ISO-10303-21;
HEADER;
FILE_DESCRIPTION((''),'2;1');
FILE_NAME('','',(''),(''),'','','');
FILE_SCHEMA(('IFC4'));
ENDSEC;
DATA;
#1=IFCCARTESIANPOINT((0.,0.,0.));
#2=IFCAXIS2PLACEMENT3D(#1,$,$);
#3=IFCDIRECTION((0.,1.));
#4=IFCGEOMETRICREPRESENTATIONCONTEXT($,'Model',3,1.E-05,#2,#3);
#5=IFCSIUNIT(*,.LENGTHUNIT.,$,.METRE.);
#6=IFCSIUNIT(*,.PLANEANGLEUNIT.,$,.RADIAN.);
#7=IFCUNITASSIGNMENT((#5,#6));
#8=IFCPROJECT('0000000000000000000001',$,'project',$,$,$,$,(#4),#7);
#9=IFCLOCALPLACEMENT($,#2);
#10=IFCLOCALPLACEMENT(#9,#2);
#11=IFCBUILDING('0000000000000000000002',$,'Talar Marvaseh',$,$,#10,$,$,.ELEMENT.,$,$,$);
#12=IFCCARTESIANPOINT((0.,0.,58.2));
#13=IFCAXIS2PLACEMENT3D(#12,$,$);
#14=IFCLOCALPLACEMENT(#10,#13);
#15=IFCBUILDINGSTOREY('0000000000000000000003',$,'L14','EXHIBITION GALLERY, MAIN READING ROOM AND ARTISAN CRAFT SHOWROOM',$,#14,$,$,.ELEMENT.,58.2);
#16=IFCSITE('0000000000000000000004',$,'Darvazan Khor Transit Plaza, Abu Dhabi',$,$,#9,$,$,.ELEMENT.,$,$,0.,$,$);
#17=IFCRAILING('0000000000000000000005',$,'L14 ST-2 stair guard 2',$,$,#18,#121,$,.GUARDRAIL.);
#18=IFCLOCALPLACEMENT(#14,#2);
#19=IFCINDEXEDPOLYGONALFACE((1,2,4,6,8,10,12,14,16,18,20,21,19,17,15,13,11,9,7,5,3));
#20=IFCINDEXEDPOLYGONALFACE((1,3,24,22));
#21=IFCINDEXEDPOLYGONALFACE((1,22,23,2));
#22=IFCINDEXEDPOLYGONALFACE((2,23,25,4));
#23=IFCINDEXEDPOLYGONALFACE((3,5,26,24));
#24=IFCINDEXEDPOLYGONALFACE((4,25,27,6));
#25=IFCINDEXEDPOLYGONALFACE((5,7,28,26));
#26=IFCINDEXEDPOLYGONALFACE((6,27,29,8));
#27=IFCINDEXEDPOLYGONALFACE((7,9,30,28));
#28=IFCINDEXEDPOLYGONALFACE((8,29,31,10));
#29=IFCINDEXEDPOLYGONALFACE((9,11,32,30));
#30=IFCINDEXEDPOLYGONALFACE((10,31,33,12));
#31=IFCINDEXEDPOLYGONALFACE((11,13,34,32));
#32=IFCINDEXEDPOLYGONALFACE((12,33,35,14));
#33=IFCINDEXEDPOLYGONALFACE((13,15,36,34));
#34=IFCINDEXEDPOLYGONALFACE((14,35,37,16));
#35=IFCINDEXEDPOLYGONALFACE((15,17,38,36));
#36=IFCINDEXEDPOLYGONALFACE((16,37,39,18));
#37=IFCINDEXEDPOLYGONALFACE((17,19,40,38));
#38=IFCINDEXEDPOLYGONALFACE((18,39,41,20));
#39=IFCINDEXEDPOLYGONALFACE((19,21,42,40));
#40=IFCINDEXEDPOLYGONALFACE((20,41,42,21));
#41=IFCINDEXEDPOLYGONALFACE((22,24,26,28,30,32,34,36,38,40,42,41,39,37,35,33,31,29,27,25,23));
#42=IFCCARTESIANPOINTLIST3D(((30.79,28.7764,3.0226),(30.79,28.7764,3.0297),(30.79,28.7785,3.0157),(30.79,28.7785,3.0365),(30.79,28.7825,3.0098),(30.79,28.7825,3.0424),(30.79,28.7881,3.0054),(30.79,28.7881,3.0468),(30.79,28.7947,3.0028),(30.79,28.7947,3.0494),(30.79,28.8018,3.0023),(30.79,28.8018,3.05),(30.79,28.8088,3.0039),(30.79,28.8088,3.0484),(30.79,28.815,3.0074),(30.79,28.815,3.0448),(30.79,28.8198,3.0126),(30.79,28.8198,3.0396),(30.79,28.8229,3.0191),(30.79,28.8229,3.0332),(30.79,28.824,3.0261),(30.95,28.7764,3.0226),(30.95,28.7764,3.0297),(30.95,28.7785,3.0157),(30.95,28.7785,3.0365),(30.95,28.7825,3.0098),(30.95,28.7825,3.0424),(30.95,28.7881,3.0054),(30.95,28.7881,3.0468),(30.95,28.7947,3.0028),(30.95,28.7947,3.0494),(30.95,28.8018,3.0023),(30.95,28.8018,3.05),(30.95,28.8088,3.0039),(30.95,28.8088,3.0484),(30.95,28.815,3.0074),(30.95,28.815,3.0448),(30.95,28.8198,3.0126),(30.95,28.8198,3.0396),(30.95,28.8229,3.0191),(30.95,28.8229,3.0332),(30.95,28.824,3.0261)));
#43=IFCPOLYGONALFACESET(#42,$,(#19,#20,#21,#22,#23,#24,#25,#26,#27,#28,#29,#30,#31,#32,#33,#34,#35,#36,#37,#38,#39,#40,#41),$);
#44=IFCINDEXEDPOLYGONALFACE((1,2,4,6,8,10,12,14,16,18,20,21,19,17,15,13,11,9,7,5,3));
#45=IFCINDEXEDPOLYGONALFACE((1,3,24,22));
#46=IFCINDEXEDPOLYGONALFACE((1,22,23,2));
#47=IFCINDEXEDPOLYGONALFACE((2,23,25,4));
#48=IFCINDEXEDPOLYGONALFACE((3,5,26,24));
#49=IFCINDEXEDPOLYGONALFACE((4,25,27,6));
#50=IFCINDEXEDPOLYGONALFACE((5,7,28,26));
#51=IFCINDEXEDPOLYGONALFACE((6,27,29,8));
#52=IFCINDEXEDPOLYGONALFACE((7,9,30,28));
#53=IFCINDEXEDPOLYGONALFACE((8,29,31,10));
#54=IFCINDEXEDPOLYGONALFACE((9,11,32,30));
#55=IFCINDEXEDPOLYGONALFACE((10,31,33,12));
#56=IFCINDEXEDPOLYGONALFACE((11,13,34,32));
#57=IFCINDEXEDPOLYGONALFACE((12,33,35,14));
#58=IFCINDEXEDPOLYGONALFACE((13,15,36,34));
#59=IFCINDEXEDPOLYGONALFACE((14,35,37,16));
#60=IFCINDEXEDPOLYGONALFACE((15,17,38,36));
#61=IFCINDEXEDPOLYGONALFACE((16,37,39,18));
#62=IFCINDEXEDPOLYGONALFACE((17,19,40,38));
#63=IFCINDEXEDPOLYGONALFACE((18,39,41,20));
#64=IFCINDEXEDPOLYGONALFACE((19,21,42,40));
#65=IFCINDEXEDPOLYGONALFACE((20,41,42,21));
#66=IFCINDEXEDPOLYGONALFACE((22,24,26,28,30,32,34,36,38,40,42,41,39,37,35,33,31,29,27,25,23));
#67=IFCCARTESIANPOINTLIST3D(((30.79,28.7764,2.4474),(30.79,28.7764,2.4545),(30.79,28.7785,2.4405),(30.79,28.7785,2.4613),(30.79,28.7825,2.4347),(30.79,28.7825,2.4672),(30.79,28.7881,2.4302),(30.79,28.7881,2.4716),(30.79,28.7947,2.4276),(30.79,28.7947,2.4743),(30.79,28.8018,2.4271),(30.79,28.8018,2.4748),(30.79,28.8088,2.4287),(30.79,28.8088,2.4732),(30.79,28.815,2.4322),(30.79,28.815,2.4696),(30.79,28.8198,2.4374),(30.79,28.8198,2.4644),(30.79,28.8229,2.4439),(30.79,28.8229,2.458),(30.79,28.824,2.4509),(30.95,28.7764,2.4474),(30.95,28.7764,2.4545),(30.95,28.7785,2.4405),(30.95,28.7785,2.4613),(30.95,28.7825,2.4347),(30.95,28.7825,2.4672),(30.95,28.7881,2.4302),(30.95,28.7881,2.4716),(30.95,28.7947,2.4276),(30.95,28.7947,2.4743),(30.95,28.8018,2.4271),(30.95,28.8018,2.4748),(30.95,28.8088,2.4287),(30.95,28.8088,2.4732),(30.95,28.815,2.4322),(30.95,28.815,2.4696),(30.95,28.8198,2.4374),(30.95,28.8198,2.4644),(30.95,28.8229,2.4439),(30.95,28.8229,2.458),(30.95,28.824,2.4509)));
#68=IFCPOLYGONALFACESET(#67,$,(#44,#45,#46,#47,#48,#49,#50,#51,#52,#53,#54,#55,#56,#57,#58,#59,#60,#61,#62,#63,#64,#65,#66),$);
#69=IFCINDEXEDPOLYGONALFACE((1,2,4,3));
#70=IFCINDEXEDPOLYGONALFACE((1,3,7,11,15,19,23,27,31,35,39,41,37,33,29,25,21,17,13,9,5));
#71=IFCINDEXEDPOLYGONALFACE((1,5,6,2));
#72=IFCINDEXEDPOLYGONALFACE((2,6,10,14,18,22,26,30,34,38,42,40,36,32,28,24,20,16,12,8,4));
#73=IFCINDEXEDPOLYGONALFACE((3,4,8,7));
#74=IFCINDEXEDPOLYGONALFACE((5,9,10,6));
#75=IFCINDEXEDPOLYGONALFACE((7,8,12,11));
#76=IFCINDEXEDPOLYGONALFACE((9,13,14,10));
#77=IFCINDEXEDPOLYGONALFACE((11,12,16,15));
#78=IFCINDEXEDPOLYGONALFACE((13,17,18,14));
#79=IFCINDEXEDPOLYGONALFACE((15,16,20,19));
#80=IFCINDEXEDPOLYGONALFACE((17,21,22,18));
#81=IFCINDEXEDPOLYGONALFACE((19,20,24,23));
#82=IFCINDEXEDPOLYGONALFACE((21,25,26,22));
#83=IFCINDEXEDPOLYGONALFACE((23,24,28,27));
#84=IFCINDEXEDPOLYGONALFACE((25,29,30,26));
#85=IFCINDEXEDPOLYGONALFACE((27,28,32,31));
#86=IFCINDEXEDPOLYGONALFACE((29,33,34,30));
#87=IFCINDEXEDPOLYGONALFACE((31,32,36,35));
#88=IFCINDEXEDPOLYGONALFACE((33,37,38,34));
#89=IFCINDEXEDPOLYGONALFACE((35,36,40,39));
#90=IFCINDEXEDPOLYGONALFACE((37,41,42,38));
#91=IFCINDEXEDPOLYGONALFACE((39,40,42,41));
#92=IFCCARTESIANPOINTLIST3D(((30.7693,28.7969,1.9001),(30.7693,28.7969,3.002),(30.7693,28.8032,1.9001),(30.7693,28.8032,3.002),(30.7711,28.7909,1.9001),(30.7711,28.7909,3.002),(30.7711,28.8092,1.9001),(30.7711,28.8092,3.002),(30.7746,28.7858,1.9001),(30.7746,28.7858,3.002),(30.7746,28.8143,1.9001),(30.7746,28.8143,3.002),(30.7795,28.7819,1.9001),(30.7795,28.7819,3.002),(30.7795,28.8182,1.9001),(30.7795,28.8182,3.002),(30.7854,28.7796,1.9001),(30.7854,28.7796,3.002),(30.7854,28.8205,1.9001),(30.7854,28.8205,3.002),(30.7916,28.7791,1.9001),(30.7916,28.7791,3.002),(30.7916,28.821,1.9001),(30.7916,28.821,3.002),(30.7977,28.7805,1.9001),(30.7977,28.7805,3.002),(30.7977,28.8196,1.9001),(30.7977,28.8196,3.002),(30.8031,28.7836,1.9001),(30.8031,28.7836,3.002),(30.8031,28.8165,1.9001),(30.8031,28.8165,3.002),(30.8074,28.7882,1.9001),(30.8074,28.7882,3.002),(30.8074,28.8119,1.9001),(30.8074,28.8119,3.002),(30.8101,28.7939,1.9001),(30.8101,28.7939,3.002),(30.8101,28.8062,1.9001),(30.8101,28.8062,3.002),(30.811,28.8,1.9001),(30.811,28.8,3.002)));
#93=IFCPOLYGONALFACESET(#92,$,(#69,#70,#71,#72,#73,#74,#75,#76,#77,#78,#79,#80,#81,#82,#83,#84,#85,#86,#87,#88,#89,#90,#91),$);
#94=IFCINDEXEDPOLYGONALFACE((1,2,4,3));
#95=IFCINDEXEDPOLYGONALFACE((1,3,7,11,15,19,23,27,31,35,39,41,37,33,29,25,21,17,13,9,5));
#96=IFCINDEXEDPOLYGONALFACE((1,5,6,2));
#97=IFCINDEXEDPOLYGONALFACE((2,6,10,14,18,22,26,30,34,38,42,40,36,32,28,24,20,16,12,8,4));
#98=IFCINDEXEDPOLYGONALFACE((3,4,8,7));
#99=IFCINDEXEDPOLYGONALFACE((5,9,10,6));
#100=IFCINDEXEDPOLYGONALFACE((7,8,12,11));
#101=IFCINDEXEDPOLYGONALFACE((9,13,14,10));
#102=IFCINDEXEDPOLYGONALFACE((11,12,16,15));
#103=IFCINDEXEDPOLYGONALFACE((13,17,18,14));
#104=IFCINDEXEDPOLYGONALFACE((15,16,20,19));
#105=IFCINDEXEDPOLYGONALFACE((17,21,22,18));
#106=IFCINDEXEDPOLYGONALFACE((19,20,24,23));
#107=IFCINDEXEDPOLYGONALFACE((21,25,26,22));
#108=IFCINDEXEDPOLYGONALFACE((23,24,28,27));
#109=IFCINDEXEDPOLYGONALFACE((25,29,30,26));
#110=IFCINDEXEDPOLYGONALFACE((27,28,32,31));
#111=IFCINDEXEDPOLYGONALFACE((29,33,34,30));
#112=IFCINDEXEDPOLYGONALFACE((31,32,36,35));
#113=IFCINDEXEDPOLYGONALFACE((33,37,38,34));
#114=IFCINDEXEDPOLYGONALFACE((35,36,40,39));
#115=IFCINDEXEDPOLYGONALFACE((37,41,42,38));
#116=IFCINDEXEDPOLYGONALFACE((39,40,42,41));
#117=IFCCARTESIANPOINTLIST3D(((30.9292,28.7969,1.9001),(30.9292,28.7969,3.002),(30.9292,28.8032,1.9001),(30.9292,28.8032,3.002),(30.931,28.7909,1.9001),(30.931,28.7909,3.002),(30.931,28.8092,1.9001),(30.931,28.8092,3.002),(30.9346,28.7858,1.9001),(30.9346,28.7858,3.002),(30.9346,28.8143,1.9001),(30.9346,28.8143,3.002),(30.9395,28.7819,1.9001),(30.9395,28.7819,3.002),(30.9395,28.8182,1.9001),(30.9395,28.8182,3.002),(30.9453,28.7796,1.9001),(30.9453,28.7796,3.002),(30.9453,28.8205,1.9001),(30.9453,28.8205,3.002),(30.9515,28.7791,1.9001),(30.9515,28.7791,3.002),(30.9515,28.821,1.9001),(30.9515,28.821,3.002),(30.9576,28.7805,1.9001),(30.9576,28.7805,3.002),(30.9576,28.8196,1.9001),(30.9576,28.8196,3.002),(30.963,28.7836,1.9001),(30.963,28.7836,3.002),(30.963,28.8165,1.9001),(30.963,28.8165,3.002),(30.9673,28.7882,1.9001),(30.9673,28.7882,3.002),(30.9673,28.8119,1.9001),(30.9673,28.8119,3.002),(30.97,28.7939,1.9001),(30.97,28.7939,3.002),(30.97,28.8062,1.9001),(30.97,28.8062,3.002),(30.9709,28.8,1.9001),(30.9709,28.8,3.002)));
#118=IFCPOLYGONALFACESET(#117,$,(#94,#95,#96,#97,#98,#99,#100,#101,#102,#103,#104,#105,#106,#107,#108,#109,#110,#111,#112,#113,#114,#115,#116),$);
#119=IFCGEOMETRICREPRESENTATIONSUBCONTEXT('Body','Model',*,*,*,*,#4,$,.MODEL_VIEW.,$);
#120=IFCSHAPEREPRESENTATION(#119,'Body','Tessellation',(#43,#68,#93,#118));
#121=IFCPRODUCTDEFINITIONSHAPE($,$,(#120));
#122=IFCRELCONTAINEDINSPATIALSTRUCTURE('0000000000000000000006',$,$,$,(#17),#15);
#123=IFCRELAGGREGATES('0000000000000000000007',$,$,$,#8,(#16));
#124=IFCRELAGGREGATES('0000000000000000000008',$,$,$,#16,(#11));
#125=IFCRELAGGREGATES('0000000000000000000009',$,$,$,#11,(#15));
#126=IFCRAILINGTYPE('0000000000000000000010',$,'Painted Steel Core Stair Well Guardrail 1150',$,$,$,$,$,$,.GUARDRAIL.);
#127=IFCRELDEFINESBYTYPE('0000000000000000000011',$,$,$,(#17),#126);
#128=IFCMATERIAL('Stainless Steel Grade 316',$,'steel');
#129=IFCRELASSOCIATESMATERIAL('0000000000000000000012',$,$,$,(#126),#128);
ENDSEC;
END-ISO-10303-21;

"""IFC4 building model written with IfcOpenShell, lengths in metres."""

from ifc_helpers import new_model, si_unit, direction, frame, origin, origin_2d, place, context, subcontext, project, spatial, circle, extrude, material, type_object, element, save


model = new_model("IFC4")

# Units and contexts
model_context = context("Model", 3, precision=1e-05, world=origin(), true_north=direction((0.0, 1.0)))
body_context = subcontext(model_context, "Body", "Model", "MODEL_VIEW")
ifc_project = project(units=[si_unit("LENGTHUNIT", "METRE"), si_unit("PLANEANGLEUNIT", "RADIAN")], contexts=[model_context])

# Site, building, storey
site_placement = place(None, origin())
site = spatial("IfcSite", under=ifc_project, at=site_placement, Name="Darvazan Khor Transit Plaza, Abu Dhabi", CompositionType="ELEMENT", RefElevation=0.0)
building_placement = place(site_placement, origin())
building = spatial("IfcBuilding", under=site, at=building_placement, Name="Talar Marvaseh", CompositionType="ELEMENT")
storey_placement = place(building_placement, frame((0.0, 0.0, 58.2)))
storey = spatial("IfcBuildingStorey", under=building, at=storey_placement, Name="L14", Description="EXHIBITION GALLERY, MAIN READING ROOM AND ARTISAN CRAFT SHOWROOM", CompositionType="ELEMENT", Elevation=58.2)

# Railing
ifc_material_1 = material(Name="Stainless Steel Grade 316", Category="steel")
railing_type_1 = type_object("IfcRailingType", Name="Painted Steel Core Stair Well Guardrail 1150", PredefinedType="GUARDRAIL", material=ifc_material_1)
railing_1_placement = place(storey_placement, frame((30.79, 28.8, 1.9001)))
element("IfcRailing", 1, at=railing_1_placement, inside=storey, type_object=railing_type_1, Name="L14 ST-2 stair guard 2", PredefinedType="GUARDRAIL", context=body_context, shape_type="SweptSolid", body=[
    extrude(circle(Radius=0.0239, at=origin_2d()), frame((0.0, 0.0, 1.126), z_axis=(1.0, 0.0, 0.0), x_axis=(0.0, 1.0, 0.0)), (0.0, 0.0, 1.0), 0.1599),
    extrude(circle(Radius=0.0239, at=origin_2d()), frame((0.0, 0.0, 0.5508), z_axis=(1.0, 0.0, 0.0), x_axis=(0.0, 1.0, 0.0)), (0.0, 0.0, 1.0), 0.1599),
    extrude(circle(Radius=0.021, at=origin_2d()), origin(), (0.0, 0.0, 1.0), 1.1018),
    extrude(circle(Radius=0.021, at=origin_2d()), frame((0.1599, 0.0, 0.0)), (0.0, 0.0, 1.0), 1.1018),
])

save(model, "model.ifc")
